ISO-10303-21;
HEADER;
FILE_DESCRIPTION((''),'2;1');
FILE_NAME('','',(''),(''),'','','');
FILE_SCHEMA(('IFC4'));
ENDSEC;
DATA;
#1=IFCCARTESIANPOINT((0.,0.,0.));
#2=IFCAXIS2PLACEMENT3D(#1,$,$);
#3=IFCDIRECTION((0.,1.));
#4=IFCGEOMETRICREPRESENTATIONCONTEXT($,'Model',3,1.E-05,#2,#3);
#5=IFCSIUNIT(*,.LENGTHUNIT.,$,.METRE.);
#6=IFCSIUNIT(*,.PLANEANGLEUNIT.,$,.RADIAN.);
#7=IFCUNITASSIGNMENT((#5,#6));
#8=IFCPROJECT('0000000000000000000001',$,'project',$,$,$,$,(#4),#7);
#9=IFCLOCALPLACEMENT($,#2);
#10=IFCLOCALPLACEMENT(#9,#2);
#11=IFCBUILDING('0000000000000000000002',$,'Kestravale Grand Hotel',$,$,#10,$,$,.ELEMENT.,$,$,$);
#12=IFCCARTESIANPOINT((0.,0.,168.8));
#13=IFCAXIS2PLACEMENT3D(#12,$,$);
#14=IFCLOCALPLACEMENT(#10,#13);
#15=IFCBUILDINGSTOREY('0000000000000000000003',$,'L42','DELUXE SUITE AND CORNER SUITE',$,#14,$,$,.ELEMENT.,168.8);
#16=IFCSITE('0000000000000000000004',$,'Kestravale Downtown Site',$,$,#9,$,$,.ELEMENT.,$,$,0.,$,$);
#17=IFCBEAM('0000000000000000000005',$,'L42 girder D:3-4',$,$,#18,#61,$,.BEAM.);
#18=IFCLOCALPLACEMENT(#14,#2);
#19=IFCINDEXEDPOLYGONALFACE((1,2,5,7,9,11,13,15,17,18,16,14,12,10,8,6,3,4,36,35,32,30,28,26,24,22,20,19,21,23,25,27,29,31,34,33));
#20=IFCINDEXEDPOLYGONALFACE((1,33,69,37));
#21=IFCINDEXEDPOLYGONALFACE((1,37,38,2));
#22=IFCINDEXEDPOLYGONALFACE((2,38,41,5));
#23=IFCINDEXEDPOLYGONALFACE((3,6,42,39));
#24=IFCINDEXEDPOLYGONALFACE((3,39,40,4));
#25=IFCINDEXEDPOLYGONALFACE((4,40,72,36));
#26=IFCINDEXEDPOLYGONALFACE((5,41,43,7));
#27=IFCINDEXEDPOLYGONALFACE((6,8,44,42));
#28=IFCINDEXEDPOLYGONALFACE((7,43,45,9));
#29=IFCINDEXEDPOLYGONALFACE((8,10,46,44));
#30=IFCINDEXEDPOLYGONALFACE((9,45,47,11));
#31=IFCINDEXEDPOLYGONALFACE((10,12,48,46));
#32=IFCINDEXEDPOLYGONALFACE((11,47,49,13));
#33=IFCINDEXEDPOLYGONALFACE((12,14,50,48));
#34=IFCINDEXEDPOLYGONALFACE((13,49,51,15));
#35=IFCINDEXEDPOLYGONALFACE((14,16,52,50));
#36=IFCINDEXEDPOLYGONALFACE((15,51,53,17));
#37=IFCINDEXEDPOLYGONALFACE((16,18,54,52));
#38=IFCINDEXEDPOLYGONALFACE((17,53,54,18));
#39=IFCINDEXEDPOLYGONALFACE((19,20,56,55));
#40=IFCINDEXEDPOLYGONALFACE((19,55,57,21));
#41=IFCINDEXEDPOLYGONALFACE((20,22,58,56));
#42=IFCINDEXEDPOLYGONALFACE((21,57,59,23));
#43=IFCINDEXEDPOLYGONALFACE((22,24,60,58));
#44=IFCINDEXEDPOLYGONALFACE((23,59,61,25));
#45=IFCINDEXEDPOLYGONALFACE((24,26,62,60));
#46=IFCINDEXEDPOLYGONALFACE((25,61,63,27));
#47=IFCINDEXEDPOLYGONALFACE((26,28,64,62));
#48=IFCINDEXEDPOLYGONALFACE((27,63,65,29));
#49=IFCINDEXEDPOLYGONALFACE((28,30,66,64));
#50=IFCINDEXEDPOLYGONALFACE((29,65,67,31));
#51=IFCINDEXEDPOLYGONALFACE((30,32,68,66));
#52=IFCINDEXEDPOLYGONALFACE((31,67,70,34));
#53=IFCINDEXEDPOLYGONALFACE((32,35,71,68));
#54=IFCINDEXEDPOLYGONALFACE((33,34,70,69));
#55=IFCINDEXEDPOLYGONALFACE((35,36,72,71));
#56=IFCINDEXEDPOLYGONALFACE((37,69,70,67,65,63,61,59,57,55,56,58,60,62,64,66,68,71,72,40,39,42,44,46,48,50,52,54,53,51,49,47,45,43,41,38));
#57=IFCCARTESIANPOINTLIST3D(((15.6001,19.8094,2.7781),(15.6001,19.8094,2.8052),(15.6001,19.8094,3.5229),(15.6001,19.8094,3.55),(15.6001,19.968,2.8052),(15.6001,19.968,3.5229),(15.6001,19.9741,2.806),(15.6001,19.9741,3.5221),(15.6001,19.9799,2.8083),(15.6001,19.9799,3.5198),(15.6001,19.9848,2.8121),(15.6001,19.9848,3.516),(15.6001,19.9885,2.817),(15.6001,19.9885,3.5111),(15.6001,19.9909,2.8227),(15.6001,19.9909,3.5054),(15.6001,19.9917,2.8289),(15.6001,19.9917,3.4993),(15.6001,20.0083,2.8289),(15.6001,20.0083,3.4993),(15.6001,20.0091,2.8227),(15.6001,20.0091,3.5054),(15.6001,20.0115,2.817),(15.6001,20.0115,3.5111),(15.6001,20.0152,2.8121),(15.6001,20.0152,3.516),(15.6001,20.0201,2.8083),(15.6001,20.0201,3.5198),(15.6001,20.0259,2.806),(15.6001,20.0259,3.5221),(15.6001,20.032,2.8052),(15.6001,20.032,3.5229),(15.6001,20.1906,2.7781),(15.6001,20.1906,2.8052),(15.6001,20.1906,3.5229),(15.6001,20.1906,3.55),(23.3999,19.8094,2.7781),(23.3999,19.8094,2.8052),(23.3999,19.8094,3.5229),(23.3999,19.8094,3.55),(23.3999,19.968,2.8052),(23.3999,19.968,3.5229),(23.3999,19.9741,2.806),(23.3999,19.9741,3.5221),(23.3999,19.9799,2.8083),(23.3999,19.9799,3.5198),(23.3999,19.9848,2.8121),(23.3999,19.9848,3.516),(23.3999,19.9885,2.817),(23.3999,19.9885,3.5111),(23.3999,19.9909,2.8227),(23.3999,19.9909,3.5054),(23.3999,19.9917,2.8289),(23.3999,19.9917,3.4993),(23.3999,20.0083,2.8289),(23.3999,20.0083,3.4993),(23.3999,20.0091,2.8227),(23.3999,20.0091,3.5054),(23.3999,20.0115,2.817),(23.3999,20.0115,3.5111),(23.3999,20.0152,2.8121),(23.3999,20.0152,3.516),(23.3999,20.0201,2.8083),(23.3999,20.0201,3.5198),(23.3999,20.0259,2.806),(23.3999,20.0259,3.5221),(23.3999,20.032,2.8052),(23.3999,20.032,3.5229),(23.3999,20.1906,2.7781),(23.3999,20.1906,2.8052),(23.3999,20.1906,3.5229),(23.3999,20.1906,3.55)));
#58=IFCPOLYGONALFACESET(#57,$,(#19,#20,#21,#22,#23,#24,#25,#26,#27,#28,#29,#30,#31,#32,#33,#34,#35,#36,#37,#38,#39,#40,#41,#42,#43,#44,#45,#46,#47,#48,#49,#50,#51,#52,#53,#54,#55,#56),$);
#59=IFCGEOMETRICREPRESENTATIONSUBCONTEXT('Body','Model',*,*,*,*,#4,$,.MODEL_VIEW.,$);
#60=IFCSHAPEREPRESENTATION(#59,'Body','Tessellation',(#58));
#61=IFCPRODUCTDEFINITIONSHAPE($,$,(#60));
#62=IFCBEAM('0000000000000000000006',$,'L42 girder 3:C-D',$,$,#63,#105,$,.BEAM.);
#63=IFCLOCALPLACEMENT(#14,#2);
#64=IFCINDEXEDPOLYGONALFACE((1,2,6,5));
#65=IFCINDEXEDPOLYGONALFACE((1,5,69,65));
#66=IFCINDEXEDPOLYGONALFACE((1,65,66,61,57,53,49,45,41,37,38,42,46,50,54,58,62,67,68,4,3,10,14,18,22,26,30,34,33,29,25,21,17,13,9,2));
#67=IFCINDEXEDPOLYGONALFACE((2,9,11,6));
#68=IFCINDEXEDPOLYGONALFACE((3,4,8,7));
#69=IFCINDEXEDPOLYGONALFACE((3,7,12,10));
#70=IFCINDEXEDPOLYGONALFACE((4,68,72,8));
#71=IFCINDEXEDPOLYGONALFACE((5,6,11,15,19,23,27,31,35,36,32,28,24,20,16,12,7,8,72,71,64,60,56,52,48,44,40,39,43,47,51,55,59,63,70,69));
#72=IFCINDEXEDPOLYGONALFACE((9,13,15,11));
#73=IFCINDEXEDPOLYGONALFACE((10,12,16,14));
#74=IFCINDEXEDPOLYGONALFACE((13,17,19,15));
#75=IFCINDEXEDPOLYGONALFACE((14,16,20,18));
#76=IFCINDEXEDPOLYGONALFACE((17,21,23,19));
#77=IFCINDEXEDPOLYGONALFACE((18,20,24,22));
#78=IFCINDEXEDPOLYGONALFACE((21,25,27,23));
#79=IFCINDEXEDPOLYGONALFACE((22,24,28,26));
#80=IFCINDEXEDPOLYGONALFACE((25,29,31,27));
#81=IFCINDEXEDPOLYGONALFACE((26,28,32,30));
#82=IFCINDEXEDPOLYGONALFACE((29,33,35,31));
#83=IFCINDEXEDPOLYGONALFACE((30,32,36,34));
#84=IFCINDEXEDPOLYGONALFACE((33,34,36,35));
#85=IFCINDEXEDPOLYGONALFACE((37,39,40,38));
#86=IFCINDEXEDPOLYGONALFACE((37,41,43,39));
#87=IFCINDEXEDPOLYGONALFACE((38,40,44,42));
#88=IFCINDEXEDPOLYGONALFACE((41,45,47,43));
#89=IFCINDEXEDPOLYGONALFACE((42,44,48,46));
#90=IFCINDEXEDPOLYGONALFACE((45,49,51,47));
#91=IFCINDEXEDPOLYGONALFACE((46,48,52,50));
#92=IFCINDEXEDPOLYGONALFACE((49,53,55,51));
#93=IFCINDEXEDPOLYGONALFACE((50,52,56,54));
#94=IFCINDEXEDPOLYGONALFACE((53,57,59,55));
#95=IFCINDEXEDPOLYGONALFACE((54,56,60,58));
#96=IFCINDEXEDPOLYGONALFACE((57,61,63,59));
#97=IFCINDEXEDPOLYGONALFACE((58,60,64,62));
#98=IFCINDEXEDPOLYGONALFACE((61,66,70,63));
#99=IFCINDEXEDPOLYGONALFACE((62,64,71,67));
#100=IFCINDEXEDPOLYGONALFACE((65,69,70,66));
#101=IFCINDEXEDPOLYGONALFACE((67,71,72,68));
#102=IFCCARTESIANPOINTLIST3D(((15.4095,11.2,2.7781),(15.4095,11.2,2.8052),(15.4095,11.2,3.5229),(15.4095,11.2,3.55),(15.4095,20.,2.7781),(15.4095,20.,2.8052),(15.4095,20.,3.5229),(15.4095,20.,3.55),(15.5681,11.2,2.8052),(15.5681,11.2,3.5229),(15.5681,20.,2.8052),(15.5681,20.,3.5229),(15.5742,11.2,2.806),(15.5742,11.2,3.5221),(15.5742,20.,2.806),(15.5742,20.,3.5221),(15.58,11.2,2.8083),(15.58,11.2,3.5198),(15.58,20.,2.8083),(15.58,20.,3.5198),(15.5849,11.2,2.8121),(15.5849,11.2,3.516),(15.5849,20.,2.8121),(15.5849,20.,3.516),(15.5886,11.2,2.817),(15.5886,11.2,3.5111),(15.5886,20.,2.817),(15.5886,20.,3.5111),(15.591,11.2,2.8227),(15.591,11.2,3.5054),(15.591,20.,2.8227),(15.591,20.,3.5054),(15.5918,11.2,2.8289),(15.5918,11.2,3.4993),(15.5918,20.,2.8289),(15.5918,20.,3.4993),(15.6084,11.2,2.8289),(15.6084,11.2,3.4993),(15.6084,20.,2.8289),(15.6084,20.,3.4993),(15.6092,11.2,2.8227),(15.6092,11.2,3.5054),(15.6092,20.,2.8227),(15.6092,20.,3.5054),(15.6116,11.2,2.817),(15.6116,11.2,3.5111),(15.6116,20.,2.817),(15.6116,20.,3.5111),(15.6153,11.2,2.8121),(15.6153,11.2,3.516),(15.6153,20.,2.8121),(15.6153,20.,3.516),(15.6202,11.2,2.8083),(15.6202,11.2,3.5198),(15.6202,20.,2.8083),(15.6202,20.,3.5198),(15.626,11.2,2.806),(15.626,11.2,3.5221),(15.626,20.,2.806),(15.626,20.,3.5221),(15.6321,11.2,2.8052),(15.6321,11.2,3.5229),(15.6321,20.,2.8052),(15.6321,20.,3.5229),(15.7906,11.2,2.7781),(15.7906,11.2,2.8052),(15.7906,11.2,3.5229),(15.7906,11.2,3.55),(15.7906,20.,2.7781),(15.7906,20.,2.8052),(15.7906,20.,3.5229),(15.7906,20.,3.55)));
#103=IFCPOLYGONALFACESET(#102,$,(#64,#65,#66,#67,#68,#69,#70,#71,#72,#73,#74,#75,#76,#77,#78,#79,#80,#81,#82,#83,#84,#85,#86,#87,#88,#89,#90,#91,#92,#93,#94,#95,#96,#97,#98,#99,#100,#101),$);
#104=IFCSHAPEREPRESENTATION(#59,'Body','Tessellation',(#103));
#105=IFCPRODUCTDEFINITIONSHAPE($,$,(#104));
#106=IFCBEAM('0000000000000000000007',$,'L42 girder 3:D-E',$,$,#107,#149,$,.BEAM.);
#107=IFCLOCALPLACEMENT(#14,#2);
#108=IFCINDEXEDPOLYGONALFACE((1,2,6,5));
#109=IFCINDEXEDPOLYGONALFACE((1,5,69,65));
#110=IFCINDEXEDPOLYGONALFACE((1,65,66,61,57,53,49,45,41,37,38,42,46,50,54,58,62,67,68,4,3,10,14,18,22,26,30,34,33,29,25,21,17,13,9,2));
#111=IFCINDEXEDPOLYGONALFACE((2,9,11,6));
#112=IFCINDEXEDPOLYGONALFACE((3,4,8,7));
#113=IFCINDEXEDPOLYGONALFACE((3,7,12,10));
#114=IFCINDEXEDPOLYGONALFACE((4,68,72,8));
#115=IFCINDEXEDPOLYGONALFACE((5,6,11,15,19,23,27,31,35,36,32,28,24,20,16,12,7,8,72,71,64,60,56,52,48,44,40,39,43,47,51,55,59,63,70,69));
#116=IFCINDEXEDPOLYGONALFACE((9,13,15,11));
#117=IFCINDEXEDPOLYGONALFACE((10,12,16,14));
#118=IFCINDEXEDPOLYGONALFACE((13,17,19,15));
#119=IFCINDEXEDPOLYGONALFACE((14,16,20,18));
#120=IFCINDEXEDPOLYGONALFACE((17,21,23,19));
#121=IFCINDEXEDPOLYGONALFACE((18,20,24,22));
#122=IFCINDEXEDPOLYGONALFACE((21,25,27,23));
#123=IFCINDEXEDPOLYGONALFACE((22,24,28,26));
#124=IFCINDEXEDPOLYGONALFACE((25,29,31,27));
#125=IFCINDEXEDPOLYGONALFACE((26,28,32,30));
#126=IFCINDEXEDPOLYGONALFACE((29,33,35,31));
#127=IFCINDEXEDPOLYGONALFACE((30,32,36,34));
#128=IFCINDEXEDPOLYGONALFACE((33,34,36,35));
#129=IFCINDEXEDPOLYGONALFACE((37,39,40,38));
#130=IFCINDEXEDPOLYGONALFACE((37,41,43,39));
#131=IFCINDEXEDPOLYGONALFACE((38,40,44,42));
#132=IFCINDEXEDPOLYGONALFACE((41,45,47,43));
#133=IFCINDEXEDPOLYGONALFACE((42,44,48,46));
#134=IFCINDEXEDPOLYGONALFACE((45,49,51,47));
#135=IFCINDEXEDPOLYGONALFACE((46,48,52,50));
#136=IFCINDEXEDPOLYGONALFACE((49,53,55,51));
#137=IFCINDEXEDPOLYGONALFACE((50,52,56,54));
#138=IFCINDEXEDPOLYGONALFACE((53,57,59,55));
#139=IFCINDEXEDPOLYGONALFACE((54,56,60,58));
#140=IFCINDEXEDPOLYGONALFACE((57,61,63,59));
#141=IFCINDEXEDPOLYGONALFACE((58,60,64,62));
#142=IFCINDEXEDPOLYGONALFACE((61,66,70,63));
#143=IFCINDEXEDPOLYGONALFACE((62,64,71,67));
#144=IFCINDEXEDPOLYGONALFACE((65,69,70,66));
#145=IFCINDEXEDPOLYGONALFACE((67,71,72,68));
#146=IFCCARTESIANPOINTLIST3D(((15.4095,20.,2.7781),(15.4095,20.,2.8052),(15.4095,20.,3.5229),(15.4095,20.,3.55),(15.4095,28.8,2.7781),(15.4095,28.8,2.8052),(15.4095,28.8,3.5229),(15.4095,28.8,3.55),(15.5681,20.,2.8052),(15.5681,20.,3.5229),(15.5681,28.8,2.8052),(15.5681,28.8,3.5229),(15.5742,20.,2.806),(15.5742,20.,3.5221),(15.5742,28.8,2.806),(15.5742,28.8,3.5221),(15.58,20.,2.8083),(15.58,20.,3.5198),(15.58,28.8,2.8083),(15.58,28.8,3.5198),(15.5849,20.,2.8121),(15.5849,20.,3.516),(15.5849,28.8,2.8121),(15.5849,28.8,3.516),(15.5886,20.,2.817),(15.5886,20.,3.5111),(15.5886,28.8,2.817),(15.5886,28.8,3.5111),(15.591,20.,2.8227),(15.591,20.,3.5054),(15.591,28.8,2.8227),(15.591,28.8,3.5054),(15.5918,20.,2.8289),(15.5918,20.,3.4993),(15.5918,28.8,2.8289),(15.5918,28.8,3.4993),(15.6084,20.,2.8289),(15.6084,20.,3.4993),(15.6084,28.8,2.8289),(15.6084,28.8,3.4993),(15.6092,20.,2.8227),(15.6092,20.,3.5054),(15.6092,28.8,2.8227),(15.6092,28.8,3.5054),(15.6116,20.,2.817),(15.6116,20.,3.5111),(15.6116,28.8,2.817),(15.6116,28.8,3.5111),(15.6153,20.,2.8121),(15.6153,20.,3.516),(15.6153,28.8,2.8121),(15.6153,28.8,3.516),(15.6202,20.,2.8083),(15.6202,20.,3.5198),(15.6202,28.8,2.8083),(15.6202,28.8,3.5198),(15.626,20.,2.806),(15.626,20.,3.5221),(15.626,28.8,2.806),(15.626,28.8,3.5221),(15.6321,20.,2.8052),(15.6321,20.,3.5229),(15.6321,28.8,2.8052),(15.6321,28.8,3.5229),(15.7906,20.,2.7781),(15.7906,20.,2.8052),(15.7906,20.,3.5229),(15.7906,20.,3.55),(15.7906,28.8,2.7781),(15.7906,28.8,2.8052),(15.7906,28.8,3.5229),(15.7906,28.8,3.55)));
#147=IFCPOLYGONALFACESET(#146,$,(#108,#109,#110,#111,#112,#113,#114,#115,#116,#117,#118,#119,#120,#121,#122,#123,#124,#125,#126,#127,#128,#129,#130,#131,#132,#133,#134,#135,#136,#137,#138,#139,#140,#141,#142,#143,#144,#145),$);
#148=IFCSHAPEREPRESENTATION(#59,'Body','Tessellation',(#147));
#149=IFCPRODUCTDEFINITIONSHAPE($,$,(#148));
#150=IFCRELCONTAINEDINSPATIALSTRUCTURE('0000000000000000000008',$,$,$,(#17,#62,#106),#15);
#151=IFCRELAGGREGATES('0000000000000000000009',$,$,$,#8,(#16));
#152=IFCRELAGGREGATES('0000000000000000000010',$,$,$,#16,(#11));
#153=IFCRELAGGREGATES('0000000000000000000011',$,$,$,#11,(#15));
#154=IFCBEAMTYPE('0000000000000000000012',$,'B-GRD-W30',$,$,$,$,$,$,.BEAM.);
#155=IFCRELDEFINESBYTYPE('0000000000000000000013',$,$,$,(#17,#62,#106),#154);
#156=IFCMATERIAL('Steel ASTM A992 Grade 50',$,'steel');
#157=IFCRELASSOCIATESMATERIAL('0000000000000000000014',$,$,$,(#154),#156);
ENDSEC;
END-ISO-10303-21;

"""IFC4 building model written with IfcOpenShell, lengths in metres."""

from ifc_helpers import new_model, si_unit, direction, frame, origin, origin_2d, place, context, subcontext, project, spatial, i_section, extrude, material, material_profile, profile_set, type_object, element, save


model = new_model("IFC4")

# Units and contexts
model_context = context("Model", 3, precision=1e-05, world=origin(), true_north=direction((0.0, 1.0)))
body_context = subcontext(model_context, "Body", "Model", "MODEL_VIEW")
ifc_project = project(units=[si_unit("LENGTHUNIT", "METRE"), si_unit("PLANEANGLEUNIT", "RADIAN")], contexts=[model_context])

# Site, building, storey
site_placement = place(None, origin())
site = spatial("IfcSite", under=ifc_project, at=site_placement, Name="Kestravale Downtown Site", CompositionType="ELEMENT", RefElevation=0.0)
building_placement = place(site_placement, origin())
building = spatial("IfcBuilding", under=site, at=building_placement, Name="Kestravale Grand Hotel", CompositionType="ELEMENT")
storey_placement = place(building_placement, frame((0.0, 0.0, 168.8)))
storey = spatial("IfcBuildingStorey", under=building, at=storey_placement, Name="L42", Description="DELUXE SUITE AND CORNER SUITE", CompositionType="ELEMENT", Elevation=168.8)

# Beams
ifc_material_1 = material(Name="Steel ASTM A992 Grade 50", Category="steel")
ifc_material_profile_1 = material_profile(ifc_material_1, i_section(OverallWidth=0.3811, OverallDepth=0.772, WebThickness=0.0166, FlangeThickness=0.0271, FilletRadius=0.0237, at=origin_2d()))
ifc_profile_set_1 = profile_set([ifc_material_profile_1], Name="Steel ASTM A992 Grade 50")
beam_type_1 = type_object("IfcBeamType", Name="B-GRD-W30", PredefinedType="BEAM", material=ifc_profile_set_1)
for number, where, z_axis, x_axis, name in (
    (1, (15.6001, 20.0, 3.1641), (1.0, 0.0, 0.0), (0.0, 1.0, 0.0), "L42 girder D:3-4"),
):
    element("IfcBeam", number, at=place(storey_placement, frame(where, z_axis=z_axis, x_axis=x_axis)), inside=storey, type_object=beam_type_1, Name=name, PredefinedType="BEAM", context=body_context, shape_type="SweptSolid", body=[
        extrude(i_section(OverallWidth=0.3811, OverallDepth=0.772, WebThickness=0.0166, FlangeThickness=0.0271, FilletRadius=0.0237, at=origin_2d()), origin(), (0.0, 0.0, 1.0), 7.7998),
    ])
for number, where, z_axis, x_axis, name in (
    (2, (15.6001, 11.2, 3.1641), (0.0, 1.0, 0.0), (-1.0, 0.0, 0.0), "L42 girder 3:C-D"),
    (3, (15.6001, 20.0, 3.1641), (0.0, 1.0, 0.0), (-1.0, 0.0, 0.0), "L42 girder 3:D-E"),
):
    element("IfcBeam", number, at=place(storey_placement, frame(where, z_axis=z_axis, x_axis=x_axis)), inside=storey, type_object=beam_type_1, Name=name, PredefinedType="BEAM", context=body_context, shape_type="SweptSolid", body=[
        extrude(i_section(OverallWidth=0.3811, OverallDepth=0.772, WebThickness=0.0166, FlangeThickness=0.0271, FilletRadius=0.0237, at=origin_2d()), origin(), (0.0, 0.0, 1.0), 8.8),
    ])

save(model, "model.ifc")
